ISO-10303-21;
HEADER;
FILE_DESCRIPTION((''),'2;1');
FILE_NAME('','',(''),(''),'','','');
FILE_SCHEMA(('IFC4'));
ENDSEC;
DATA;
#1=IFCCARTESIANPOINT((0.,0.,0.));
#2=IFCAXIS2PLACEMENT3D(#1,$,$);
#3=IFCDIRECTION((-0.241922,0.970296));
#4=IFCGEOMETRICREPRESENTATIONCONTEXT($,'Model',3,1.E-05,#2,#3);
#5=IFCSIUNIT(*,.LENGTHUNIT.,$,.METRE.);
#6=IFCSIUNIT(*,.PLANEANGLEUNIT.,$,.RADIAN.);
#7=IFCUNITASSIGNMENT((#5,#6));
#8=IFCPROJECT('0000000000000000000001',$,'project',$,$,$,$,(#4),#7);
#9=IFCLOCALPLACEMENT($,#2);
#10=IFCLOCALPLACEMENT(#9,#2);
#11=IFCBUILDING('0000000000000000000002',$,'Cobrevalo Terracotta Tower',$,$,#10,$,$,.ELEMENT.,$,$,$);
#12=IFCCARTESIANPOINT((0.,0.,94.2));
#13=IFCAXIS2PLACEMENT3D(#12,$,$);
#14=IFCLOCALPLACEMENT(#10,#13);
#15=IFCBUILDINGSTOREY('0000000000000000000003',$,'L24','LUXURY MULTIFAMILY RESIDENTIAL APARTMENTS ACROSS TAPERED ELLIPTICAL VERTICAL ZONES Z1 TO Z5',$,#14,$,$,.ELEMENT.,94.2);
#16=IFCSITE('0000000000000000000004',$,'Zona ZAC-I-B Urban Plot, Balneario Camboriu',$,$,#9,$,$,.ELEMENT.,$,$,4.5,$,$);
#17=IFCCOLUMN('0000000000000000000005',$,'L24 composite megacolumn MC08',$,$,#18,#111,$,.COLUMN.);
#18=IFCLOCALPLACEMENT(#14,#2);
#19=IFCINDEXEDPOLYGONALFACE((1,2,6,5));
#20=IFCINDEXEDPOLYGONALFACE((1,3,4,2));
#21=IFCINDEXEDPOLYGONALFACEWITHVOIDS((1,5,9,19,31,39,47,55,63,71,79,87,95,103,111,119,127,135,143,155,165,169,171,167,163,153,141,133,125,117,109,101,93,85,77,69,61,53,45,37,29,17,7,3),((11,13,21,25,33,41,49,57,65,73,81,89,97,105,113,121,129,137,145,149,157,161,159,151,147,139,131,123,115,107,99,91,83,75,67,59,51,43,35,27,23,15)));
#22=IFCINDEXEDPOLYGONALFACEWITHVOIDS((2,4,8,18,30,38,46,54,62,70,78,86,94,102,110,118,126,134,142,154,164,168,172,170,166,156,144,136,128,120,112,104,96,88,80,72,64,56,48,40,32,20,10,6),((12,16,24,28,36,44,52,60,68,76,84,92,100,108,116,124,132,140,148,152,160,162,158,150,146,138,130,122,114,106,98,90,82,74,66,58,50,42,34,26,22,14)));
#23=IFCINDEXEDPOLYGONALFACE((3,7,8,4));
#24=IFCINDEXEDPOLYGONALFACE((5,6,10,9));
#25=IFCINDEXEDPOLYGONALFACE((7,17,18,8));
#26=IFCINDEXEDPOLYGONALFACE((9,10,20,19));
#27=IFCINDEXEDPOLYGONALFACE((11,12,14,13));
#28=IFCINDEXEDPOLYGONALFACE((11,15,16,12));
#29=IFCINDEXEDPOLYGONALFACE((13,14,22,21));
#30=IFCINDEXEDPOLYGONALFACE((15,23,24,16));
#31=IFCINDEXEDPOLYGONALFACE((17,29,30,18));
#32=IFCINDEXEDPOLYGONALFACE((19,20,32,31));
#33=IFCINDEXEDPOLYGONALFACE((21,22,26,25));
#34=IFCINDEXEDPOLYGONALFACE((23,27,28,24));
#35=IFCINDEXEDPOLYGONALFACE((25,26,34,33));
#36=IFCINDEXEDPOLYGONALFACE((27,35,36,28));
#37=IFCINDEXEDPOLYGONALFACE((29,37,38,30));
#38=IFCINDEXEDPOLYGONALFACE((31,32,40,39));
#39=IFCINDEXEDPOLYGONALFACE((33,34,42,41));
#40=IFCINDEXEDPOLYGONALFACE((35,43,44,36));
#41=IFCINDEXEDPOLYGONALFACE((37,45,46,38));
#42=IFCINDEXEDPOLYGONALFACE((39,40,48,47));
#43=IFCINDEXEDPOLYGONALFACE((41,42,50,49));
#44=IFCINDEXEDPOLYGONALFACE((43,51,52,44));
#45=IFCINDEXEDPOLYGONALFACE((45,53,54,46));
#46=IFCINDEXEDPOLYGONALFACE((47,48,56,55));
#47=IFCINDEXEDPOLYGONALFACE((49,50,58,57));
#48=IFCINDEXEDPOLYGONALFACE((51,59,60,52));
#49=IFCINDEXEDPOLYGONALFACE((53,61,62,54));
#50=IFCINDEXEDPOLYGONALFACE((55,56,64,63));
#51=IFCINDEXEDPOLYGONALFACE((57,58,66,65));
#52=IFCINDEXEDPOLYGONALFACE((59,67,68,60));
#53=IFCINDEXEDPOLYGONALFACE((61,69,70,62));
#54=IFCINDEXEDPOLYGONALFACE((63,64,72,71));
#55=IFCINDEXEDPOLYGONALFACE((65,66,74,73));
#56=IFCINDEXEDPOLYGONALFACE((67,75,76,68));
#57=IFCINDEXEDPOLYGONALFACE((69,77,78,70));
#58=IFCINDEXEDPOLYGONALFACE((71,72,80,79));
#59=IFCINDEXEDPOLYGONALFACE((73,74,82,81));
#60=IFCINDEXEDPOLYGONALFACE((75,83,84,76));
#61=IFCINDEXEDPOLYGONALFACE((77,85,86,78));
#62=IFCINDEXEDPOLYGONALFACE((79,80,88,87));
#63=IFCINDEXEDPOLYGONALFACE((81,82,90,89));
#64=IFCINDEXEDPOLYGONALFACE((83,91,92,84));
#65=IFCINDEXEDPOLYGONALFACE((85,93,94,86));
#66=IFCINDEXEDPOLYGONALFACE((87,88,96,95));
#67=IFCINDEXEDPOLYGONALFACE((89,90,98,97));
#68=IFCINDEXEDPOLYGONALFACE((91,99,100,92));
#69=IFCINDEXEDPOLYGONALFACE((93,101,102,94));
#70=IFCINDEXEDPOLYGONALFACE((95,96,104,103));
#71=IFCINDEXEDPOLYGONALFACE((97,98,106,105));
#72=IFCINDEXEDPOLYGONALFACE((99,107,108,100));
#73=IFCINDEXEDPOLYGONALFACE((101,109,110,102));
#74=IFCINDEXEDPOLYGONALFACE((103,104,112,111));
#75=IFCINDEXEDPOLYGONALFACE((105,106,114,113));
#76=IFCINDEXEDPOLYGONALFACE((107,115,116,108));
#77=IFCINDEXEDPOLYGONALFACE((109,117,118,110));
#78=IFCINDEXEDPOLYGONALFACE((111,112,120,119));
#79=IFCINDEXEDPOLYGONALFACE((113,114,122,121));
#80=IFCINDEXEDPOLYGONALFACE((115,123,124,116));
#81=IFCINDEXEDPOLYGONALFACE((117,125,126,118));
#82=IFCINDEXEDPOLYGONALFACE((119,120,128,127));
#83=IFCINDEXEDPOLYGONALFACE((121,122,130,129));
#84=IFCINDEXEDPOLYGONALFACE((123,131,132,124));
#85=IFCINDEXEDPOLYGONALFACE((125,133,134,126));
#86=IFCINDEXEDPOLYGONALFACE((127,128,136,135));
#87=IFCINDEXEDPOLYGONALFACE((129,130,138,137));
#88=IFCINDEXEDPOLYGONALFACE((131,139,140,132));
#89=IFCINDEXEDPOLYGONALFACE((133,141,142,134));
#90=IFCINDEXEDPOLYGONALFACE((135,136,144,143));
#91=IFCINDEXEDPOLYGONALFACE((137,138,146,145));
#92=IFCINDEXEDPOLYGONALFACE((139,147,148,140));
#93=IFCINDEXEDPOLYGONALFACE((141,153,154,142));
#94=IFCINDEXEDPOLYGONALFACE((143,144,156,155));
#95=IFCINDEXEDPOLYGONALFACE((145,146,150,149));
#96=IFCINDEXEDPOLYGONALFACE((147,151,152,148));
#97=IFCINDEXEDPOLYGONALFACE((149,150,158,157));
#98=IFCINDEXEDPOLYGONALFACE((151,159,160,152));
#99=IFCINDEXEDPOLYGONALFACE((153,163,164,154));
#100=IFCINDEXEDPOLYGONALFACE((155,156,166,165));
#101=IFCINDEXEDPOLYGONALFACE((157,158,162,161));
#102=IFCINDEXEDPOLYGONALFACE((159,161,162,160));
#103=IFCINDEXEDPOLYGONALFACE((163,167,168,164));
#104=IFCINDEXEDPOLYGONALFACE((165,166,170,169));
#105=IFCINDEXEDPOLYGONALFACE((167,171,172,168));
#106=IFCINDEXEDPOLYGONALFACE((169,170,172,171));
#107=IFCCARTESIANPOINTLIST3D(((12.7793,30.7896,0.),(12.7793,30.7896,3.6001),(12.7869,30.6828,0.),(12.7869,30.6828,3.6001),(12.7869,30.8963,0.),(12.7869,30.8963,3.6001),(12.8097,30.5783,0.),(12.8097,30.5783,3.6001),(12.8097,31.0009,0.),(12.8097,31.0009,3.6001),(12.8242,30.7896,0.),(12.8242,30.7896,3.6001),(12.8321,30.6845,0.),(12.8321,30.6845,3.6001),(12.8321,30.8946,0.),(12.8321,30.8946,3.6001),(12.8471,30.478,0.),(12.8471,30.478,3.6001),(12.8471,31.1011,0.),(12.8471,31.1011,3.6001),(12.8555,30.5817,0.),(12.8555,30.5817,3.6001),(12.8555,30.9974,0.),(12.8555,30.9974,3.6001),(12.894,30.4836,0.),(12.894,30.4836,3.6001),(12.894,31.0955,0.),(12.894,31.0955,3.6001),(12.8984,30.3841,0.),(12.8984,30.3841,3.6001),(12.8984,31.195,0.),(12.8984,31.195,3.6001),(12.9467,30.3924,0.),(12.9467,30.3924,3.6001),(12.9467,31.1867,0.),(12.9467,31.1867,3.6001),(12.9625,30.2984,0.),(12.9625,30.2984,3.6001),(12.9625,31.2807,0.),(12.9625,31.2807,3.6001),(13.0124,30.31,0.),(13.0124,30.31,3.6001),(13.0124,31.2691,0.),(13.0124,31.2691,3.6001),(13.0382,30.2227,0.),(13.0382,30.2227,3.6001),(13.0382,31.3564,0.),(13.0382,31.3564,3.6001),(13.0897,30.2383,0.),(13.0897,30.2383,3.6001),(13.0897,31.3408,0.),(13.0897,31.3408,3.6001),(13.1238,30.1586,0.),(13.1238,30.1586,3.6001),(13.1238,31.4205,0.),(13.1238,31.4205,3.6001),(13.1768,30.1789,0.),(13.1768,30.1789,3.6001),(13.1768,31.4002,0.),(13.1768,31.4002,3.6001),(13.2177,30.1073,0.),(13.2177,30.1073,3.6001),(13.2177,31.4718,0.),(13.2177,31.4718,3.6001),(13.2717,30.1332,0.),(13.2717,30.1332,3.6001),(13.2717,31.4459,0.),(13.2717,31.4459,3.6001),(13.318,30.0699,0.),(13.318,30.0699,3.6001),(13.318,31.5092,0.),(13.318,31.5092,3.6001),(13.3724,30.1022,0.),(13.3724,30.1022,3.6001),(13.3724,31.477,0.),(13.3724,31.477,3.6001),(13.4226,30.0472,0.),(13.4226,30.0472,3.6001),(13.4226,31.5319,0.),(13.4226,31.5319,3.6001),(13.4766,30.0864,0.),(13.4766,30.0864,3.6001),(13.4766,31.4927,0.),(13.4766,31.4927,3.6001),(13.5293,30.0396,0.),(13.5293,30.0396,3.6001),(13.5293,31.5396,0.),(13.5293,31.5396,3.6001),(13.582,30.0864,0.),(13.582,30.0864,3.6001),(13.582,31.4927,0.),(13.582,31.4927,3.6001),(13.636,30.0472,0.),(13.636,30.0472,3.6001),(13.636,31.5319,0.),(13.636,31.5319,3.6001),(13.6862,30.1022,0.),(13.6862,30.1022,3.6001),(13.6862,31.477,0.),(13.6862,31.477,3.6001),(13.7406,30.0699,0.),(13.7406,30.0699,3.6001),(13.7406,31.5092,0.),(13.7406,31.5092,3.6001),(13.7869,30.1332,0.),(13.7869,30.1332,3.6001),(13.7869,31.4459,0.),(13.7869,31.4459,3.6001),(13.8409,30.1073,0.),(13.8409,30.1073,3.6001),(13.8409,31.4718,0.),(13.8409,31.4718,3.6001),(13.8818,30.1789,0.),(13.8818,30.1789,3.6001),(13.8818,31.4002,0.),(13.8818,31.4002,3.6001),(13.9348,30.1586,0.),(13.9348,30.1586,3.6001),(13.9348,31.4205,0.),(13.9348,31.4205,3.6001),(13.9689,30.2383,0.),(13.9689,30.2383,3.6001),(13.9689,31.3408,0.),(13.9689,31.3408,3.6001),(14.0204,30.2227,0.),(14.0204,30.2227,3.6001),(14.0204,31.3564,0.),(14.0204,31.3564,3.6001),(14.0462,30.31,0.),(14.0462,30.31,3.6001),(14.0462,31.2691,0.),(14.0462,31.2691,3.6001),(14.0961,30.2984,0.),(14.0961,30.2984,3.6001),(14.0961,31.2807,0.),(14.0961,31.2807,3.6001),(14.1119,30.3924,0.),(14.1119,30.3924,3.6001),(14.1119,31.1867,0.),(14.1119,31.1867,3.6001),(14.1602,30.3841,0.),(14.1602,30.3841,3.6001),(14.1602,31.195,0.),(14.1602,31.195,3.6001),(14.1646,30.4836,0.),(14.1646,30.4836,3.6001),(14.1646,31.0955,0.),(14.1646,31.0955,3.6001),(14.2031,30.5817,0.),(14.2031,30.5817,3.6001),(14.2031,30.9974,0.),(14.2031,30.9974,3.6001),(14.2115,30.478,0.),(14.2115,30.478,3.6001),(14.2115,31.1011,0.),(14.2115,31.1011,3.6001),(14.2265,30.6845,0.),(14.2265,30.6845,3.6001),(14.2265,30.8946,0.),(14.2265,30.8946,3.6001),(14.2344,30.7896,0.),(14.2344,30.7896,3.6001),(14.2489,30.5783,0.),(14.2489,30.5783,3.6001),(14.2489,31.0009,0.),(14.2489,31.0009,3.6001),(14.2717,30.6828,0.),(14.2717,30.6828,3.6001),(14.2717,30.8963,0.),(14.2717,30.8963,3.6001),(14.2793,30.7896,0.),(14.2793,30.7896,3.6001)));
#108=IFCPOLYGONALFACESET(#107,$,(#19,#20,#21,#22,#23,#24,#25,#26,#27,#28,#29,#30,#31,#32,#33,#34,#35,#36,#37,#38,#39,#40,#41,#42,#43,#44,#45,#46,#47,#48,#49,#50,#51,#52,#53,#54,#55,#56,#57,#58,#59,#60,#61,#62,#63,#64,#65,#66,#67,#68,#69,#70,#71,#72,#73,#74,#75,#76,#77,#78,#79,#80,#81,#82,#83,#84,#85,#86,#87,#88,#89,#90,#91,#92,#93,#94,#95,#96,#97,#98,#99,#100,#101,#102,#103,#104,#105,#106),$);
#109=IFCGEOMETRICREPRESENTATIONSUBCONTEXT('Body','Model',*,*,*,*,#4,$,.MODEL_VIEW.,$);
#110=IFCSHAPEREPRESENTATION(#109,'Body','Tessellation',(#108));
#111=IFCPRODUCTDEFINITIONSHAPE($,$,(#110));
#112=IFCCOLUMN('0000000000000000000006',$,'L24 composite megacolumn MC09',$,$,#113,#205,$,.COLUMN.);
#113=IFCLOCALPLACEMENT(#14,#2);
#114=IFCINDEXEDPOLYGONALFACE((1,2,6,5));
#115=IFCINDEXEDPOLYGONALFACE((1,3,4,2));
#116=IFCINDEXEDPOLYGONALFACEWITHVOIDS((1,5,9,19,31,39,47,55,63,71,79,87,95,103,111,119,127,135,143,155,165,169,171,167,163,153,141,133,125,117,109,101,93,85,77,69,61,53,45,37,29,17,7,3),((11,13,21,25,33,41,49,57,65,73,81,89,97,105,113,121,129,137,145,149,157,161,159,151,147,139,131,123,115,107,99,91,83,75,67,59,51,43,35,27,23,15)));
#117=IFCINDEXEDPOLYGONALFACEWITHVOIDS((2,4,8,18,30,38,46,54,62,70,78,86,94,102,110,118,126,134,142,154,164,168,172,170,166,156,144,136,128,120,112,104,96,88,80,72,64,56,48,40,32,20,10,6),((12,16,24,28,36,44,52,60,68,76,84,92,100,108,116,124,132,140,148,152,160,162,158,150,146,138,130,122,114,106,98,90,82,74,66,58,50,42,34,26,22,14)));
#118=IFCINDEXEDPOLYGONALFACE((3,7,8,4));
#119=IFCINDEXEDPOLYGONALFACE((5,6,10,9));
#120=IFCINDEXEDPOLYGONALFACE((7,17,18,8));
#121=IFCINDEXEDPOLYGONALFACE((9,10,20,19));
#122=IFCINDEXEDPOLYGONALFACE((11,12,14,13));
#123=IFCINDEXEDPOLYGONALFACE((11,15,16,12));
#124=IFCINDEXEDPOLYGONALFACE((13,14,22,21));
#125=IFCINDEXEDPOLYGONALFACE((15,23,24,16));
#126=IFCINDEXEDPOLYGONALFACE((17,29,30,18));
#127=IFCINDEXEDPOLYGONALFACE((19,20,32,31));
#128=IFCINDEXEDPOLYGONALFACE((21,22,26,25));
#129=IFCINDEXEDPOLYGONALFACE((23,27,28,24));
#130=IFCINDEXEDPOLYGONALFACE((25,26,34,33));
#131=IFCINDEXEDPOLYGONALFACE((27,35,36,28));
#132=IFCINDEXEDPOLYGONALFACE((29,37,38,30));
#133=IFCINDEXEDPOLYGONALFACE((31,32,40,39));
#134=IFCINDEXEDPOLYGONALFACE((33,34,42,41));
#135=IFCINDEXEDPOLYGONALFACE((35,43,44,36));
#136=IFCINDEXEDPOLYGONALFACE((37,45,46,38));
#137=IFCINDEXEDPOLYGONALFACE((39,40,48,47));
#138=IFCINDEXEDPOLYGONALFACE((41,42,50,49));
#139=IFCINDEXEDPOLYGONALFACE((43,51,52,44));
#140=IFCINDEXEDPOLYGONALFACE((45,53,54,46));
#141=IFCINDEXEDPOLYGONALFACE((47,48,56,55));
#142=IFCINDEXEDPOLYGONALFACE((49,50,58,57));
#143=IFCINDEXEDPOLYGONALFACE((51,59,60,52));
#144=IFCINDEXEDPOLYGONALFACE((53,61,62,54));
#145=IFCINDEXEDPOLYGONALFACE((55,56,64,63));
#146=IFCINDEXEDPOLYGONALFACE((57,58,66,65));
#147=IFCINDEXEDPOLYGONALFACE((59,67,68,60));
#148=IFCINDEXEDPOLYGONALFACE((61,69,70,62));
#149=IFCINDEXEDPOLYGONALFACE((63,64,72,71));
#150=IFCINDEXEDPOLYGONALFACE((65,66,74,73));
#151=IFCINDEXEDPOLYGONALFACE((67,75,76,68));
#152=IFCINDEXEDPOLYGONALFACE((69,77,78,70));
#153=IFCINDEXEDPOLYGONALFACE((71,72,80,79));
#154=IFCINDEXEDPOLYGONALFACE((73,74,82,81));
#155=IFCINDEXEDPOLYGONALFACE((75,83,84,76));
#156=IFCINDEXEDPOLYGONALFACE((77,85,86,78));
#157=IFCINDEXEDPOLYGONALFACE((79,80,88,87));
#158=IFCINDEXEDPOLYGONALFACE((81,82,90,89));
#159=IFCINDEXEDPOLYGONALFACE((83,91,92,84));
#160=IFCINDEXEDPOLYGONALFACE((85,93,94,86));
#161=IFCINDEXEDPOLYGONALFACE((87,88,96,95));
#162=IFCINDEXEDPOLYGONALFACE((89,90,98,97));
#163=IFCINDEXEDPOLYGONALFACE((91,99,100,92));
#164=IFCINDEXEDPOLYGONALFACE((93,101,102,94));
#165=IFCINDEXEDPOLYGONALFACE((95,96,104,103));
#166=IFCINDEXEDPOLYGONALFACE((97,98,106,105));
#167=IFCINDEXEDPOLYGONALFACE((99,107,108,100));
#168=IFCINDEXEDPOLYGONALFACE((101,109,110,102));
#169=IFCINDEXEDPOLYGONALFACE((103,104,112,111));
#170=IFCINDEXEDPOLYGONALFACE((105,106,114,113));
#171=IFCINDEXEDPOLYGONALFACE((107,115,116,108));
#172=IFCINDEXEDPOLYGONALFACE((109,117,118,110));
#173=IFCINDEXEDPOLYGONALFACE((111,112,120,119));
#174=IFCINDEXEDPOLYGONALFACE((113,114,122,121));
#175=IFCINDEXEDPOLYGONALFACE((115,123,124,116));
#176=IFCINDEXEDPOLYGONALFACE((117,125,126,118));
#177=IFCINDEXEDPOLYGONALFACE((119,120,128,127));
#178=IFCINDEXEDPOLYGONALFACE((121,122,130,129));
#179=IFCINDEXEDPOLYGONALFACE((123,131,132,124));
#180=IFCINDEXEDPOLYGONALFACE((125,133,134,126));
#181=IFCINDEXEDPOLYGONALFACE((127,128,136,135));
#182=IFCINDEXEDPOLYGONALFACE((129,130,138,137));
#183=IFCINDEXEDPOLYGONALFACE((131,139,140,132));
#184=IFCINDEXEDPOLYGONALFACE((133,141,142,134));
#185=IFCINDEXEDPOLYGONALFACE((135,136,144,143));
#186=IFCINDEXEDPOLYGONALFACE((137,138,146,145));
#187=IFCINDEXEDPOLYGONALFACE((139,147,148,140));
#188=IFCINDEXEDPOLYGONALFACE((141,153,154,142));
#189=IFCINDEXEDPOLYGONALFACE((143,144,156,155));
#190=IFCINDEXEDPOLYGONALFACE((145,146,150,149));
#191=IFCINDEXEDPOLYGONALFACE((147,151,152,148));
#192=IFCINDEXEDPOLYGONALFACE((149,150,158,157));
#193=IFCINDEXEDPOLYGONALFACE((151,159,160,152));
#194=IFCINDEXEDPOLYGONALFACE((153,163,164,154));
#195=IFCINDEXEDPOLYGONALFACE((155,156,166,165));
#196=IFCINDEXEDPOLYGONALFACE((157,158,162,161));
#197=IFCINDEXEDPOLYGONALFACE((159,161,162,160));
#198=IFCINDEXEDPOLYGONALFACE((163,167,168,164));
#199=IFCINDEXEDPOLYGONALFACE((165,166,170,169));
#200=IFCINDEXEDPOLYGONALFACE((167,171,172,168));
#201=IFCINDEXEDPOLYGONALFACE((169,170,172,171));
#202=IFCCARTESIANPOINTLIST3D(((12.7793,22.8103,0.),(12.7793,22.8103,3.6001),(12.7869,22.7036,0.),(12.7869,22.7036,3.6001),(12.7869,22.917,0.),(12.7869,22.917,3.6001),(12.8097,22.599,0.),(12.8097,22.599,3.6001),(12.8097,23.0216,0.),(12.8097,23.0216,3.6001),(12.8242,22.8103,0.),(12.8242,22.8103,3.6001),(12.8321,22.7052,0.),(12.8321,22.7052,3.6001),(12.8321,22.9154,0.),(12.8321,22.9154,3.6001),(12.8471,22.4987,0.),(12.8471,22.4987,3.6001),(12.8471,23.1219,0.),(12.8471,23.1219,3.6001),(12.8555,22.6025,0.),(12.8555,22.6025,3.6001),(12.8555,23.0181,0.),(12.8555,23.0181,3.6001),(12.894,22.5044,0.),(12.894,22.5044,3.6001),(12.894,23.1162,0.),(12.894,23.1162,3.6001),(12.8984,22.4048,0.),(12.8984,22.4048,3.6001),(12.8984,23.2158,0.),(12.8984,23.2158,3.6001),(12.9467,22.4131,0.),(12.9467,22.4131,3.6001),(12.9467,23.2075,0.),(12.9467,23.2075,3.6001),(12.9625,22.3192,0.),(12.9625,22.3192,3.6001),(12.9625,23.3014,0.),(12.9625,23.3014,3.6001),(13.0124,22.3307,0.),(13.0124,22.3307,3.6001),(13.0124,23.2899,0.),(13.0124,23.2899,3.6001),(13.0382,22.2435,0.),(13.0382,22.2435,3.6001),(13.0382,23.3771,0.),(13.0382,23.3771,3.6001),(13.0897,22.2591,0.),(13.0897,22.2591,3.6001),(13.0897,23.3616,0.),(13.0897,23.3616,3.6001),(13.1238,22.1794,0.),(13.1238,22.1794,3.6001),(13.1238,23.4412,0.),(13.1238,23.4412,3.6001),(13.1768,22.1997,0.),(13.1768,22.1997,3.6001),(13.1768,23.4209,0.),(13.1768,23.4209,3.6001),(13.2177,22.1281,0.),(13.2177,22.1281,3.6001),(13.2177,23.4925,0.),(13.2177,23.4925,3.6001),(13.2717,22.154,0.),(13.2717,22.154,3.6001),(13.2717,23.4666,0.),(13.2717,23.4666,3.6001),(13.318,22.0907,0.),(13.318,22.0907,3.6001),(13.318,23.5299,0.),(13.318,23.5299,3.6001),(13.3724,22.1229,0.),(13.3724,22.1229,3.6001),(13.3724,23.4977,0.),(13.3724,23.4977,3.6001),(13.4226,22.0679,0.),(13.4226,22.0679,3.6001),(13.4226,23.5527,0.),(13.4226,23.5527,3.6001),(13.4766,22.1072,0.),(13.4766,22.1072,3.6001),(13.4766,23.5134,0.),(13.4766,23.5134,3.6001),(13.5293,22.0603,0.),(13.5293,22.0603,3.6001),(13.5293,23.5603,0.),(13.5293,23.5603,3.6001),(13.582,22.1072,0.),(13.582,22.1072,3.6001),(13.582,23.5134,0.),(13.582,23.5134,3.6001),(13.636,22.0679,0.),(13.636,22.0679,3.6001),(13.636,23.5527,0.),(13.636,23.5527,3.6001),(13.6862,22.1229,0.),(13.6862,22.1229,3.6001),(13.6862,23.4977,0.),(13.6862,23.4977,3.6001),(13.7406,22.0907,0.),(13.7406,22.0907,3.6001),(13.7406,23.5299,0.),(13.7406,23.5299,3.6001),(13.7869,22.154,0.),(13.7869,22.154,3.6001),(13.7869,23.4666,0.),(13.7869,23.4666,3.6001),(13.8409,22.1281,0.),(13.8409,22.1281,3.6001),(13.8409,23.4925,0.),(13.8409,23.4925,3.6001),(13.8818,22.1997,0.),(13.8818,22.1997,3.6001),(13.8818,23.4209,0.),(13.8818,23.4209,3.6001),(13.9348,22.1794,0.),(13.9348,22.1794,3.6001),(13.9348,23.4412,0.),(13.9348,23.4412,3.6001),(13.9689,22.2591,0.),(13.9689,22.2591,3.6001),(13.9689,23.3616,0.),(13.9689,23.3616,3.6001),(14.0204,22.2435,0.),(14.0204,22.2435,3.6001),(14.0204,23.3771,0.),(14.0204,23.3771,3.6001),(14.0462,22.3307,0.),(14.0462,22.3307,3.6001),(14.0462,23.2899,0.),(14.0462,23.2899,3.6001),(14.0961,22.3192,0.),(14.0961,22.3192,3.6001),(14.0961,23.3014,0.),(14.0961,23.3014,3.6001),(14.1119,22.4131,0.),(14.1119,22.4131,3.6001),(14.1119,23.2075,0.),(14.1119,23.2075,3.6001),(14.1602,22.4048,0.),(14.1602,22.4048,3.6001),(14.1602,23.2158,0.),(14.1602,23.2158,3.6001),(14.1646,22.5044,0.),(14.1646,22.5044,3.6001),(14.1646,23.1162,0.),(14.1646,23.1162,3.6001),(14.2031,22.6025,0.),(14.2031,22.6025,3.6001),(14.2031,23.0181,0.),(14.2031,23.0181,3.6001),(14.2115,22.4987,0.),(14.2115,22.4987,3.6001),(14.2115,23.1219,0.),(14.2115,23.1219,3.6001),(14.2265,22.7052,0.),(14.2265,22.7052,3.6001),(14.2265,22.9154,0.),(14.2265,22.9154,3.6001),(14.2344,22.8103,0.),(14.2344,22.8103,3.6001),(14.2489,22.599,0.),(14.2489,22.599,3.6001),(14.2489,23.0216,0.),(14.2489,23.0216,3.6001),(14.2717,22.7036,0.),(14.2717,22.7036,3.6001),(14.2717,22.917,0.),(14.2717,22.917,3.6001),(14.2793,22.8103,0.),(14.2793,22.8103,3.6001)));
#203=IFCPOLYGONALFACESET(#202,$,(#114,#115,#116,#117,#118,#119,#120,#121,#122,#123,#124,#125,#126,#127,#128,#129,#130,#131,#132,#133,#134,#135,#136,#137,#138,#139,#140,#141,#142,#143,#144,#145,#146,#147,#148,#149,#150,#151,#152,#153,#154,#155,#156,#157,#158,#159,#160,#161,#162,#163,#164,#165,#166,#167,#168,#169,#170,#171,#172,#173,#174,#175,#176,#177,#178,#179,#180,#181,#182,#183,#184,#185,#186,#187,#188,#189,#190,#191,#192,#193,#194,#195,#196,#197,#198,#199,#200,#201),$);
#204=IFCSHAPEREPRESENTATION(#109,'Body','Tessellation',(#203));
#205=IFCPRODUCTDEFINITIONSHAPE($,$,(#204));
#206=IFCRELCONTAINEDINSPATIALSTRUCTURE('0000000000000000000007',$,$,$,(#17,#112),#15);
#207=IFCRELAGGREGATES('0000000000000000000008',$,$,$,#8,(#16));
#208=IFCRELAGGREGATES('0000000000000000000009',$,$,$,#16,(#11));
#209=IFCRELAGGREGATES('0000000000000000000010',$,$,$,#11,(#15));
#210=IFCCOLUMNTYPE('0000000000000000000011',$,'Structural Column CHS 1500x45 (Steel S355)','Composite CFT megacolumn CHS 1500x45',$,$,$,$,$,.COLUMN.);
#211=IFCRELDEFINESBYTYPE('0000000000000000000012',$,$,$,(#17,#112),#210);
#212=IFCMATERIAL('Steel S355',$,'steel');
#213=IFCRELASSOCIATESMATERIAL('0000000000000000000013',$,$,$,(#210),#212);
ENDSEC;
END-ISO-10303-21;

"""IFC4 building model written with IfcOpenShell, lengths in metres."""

from ifc_helpers import new_model, si_unit, direction, frame, origin, origin_2d, place, context, subcontext, project, spatial, hollow_circle, extrude, material, material_profile, profile_set, type_object, element, save


model = new_model("IFC4")

# Units and contexts
model_context = context("Model", 3, precision=1e-05, world=origin(), true_north=direction((-0.241922, 0.970296)))
body_context = subcontext(model_context, "Body", "Model", "MODEL_VIEW")
ifc_project = project(units=[si_unit("LENGTHUNIT", "METRE"), si_unit("PLANEANGLEUNIT", "RADIAN")], contexts=[model_context])

# Site, building, storey
site_placement = place(None, origin())
site = spatial("IfcSite", under=ifc_project, at=site_placement, Name="Zona ZAC-I-B Urban Plot, Balneario Camboriu", CompositionType="ELEMENT", RefElevation=4.5)
building_placement = place(site_placement, origin())
building = spatial("IfcBuilding", under=site, at=building_placement, Name="Cobrevalo Terracotta Tower", CompositionType="ELEMENT")
storey_placement = place(building_placement, frame((0.0, 0.0, 94.2)))
storey = spatial("IfcBuildingStorey", under=building, at=storey_placement, Name="L24", Description="LUXURY MULTIFAMILY RESIDENTIAL APARTMENTS ACROSS TAPERED ELLIPTICAL VERTICAL ZONES Z1 TO Z5", CompositionType="ELEMENT", Elevation=94.2)

# Columns
ifc_material_1 = material(Name="Steel S355", Category="steel")
ifc_material_profile_1 = material_profile(ifc_material_1, hollow_circle(Radius=0.75, WallThickness=0.0449, at=origin_2d()), Name="CHS 1500x45")
ifc_profile_set_1 = profile_set([ifc_material_profile_1], Name="Steel S355")
column_type = type_object("IfcColumnType", Name="Structural Column CHS 1500x45 (Steel S355)", Description="Composite CFT megacolumn CHS 1500x45", PredefinedType="COLUMN", material=ifc_profile_set_1)
for number, where, z_axis, x_axis, name in (
    (1, (13.5293, 30.7896, 0.0), (0.0, 0.0, 1.0), (1.0, 0.0, 0.0), "L24 composite megacolumn MC08"),
    (2, (13.5293, 22.8103, 0.0), (0.0, 0.0, 1.0), (1.0, 0.0, 0.0), "L24 composite megacolumn MC09"),
):
    element("IfcColumn", number, at=place(storey_placement, frame(where, z_axis=z_axis, x_axis=x_axis)), inside=storey, type_object=column_type, Name=name, PredefinedType="COLUMN", context=body_context, shape_type="SweptSolid", body=[
        extrude(hollow_circle(Radius=0.75, WallThickness=0.0449, at=origin_2d()), origin(), (0.0, 0.0, 1.0), 3.6001),
    ])

save(model, "model.ifc")
